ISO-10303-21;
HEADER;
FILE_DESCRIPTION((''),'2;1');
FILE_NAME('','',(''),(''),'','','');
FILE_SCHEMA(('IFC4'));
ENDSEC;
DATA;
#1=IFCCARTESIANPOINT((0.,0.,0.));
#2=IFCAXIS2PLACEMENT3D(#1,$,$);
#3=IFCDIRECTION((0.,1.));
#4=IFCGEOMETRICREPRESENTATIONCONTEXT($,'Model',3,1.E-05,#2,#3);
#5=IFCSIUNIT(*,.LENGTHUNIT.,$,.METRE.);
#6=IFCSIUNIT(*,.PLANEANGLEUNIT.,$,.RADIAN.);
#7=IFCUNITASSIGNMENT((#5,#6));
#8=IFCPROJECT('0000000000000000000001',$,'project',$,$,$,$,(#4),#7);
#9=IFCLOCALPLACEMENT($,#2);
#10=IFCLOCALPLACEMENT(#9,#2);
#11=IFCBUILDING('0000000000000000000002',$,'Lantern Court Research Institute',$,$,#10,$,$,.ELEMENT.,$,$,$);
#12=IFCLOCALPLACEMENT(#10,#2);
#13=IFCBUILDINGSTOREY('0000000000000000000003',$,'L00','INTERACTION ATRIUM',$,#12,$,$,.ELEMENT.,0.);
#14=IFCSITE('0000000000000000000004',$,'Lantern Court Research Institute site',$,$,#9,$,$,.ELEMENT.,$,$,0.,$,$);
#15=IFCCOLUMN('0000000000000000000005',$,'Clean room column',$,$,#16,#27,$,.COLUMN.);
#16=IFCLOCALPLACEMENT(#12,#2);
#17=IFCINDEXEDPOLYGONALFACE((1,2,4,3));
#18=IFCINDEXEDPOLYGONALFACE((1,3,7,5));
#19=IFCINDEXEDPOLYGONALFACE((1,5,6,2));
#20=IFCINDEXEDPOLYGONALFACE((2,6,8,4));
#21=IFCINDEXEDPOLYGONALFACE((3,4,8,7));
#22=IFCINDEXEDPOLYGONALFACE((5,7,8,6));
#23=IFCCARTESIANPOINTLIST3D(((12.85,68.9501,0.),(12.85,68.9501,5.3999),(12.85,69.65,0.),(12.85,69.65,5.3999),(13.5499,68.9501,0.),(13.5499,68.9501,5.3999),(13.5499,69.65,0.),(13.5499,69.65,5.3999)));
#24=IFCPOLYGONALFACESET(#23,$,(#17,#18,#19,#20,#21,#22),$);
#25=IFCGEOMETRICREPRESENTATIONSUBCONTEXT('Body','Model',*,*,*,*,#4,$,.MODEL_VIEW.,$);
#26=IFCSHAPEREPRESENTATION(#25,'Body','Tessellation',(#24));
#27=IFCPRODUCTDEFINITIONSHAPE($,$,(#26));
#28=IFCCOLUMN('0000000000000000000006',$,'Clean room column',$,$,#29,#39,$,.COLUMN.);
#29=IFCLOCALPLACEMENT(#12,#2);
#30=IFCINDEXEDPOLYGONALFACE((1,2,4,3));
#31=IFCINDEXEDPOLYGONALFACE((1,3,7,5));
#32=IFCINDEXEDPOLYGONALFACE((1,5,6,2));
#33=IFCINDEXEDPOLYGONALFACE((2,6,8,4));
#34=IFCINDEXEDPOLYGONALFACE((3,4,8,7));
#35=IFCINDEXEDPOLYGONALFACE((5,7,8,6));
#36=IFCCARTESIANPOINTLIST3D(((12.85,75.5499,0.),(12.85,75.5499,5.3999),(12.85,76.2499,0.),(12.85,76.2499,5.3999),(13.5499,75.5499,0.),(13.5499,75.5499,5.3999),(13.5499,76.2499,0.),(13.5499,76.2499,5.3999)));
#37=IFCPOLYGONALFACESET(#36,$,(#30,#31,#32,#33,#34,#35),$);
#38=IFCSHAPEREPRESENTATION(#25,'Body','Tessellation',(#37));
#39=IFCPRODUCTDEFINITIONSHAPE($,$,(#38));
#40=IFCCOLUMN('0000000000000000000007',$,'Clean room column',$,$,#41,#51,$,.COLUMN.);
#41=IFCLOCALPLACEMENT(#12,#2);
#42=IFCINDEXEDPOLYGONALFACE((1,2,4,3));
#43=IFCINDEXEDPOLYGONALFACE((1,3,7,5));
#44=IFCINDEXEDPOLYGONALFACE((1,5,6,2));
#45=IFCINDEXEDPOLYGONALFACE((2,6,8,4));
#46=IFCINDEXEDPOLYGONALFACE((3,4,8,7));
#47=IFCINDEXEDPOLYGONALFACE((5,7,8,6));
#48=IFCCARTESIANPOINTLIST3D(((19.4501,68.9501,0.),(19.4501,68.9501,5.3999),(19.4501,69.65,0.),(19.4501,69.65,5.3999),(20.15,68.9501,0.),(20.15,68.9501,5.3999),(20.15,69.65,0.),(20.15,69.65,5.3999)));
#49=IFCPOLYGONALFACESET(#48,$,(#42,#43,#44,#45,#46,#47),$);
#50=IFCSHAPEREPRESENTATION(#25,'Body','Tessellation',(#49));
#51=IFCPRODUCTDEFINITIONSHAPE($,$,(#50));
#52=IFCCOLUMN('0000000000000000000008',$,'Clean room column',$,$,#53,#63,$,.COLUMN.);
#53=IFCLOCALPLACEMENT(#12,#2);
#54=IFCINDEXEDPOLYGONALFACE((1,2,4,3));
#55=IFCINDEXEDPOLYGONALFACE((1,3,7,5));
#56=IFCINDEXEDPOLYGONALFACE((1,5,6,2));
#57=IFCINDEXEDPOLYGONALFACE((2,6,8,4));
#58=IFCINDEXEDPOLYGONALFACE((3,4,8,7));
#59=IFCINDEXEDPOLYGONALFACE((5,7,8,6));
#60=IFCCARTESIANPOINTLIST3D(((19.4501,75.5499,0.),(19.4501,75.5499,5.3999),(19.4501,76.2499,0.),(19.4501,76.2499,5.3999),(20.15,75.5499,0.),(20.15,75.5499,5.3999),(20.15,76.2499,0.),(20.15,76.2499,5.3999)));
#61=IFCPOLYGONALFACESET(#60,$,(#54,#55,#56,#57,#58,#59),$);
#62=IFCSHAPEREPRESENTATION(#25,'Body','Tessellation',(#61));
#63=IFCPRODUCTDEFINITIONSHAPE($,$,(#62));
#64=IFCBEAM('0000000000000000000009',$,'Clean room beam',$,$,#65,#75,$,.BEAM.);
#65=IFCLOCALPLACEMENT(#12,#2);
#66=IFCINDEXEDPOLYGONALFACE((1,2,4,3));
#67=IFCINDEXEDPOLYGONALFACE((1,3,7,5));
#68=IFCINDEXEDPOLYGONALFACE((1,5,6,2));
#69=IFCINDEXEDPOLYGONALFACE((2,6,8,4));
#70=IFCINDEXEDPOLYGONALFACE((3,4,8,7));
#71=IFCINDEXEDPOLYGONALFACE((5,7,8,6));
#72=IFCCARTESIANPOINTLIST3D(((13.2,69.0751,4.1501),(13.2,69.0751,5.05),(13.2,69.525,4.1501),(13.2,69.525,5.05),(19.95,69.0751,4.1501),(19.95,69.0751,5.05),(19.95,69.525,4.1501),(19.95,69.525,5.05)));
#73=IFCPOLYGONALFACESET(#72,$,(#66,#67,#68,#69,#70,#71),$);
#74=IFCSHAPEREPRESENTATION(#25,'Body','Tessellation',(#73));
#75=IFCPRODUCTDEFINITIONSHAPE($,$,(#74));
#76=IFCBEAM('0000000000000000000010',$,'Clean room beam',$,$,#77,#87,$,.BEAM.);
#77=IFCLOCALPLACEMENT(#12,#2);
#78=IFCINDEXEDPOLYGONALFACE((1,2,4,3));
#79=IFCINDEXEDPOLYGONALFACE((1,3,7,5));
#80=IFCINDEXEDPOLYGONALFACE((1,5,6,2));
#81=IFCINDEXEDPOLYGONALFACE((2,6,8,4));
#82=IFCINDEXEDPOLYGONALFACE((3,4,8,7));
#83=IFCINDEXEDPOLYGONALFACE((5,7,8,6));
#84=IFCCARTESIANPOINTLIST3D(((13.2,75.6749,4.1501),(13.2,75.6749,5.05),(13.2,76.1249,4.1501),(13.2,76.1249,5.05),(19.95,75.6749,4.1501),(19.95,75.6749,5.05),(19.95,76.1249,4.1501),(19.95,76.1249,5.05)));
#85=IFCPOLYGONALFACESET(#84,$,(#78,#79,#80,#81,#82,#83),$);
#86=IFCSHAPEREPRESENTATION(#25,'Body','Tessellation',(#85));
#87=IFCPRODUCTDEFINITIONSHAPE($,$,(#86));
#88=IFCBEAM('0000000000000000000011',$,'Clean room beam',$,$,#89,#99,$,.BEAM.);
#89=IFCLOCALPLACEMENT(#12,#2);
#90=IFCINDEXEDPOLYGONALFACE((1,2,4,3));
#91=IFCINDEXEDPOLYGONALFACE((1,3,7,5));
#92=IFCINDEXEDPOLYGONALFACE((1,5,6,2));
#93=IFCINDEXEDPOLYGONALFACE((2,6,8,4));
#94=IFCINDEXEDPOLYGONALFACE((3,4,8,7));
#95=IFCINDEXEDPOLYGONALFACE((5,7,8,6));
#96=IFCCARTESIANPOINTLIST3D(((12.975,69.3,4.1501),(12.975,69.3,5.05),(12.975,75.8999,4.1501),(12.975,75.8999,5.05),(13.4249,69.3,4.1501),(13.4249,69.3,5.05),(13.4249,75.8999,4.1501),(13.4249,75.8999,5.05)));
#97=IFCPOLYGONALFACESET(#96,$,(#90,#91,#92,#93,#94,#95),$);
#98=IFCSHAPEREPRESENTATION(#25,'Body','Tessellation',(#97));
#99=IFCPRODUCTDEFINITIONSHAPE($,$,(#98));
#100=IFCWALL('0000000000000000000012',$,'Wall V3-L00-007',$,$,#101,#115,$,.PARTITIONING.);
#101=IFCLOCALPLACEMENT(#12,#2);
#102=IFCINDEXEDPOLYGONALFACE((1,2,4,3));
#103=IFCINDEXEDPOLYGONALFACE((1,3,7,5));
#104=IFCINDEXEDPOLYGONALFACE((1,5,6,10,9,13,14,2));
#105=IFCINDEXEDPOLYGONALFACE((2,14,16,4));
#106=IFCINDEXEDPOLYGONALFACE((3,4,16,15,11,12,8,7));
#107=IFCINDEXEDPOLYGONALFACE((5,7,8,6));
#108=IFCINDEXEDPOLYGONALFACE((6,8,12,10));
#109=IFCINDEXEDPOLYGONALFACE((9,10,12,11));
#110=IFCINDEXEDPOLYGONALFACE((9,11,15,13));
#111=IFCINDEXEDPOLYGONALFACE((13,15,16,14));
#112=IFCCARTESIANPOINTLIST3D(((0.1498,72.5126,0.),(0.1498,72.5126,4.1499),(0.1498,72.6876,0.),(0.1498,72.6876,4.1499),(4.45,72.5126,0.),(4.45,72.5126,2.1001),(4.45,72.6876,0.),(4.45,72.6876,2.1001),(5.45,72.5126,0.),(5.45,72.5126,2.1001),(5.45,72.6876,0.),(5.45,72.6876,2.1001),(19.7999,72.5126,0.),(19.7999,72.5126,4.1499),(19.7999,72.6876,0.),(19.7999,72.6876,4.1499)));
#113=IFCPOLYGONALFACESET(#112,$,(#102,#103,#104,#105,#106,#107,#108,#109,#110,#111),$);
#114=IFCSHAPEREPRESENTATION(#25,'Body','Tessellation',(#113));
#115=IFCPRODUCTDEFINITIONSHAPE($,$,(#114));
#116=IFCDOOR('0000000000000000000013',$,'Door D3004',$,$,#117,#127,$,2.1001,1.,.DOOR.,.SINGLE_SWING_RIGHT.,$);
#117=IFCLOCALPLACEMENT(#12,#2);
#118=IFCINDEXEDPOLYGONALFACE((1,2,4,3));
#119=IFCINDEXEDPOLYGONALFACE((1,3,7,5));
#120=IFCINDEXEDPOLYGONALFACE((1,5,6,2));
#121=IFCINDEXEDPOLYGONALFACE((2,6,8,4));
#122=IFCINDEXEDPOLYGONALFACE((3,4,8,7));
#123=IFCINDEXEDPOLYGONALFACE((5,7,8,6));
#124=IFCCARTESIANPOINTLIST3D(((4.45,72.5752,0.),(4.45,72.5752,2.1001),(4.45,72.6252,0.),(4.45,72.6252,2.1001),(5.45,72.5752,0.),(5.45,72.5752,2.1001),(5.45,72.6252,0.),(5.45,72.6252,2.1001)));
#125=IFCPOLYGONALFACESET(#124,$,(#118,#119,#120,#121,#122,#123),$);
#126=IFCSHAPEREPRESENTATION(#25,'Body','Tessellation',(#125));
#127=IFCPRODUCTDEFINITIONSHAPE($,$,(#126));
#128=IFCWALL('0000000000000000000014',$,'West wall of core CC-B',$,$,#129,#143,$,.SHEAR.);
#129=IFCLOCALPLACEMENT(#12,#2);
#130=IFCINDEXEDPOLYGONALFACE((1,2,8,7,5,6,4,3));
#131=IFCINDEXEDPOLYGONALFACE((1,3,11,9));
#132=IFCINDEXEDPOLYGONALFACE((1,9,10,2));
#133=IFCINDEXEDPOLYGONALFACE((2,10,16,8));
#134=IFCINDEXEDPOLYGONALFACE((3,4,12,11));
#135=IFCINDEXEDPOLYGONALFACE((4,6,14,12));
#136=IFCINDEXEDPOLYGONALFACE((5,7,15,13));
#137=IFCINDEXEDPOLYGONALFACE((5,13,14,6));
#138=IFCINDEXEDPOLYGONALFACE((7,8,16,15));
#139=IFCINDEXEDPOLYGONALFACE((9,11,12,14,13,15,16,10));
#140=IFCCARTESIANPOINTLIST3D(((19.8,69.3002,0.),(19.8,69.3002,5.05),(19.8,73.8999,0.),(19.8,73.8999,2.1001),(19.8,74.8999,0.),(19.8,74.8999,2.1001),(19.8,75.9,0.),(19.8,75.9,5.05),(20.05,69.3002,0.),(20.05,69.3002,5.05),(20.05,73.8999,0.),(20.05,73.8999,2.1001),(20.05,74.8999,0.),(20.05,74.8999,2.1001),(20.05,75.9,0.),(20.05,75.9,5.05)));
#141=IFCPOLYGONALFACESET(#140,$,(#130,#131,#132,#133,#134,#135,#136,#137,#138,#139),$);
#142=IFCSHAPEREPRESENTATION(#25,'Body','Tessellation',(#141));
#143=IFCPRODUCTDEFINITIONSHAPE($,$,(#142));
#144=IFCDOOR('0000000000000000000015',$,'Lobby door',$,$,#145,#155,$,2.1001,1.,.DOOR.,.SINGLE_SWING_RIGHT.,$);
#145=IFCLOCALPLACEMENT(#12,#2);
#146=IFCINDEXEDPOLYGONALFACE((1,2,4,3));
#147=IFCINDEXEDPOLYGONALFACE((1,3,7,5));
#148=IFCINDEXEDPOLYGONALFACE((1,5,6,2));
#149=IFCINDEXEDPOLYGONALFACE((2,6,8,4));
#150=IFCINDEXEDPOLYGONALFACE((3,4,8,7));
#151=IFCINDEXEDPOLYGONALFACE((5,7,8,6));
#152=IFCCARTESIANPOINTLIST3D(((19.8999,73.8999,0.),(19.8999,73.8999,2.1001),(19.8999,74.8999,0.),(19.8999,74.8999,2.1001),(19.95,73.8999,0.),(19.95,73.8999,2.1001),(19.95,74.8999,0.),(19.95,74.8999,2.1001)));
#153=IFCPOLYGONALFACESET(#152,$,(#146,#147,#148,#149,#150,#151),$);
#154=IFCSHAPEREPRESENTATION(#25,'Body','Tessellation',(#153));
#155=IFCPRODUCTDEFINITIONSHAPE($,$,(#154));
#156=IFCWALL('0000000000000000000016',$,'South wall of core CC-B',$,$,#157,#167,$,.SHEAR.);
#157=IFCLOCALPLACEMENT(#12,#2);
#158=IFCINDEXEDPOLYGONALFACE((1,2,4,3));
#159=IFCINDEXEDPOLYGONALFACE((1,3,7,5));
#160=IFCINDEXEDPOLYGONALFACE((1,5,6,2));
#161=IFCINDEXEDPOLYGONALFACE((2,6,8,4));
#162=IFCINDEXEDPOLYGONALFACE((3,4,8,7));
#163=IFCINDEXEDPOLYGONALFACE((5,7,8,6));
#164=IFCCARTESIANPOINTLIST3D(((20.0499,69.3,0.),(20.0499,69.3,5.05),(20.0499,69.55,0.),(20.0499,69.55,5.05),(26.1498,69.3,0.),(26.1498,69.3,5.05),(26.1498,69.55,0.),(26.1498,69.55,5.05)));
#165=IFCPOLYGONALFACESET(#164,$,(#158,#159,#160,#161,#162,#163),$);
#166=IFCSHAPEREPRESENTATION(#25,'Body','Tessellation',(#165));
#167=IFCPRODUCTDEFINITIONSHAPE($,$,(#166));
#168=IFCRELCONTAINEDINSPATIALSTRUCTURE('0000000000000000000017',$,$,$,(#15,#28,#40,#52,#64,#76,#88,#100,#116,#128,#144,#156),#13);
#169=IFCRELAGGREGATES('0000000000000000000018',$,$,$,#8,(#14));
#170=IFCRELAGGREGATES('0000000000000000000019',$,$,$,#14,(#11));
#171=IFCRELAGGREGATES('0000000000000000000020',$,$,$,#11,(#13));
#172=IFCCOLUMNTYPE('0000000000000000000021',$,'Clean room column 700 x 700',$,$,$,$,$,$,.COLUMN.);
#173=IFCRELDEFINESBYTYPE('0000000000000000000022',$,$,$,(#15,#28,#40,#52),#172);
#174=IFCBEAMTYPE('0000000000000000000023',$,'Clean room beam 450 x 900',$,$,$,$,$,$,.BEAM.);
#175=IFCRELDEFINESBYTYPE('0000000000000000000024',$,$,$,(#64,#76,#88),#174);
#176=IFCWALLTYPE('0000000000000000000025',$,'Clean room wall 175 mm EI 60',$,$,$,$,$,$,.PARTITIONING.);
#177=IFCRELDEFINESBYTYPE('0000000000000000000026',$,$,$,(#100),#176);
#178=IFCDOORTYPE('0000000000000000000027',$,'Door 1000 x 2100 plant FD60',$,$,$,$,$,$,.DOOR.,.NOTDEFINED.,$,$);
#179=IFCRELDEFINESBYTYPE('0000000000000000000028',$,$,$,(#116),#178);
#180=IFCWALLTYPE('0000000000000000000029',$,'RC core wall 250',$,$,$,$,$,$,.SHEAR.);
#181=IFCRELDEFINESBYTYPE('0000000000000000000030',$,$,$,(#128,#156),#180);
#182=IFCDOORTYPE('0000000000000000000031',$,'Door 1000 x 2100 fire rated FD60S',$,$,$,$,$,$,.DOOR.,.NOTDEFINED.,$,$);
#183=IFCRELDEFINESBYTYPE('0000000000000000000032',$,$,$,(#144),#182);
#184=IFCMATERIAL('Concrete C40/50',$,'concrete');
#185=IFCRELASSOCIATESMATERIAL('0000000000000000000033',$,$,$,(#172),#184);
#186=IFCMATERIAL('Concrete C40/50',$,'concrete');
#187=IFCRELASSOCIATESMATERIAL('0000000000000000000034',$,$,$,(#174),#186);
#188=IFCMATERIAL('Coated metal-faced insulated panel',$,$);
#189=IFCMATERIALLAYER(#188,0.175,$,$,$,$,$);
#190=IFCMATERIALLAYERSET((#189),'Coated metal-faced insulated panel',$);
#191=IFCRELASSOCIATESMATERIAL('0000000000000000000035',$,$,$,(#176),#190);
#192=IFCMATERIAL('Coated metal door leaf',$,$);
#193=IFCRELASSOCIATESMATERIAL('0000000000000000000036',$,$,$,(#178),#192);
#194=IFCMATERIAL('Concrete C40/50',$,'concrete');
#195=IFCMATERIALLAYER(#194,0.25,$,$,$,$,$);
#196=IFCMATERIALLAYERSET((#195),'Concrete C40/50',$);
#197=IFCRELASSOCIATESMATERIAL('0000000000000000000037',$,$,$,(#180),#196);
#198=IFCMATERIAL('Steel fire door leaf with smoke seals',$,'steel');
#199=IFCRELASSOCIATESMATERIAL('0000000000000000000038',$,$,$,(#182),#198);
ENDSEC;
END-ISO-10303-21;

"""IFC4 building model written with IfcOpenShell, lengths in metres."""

from ifc_helpers import new_model, si_unit, direction, frame, frame_2d, origin, origin_2d, place, context, subcontext, project, spatial, rectangle, extrude, material, layer, layer_set, material_profile, profile_set, type_object, element, fill, save


model = new_model("IFC4")

# Units and contexts
model_context = context("Model", 3, precision=1e-05, world=origin(), true_north=direction((0.0, 1.0)))
body_context = subcontext(model_context, "Body", "Model", "MODEL_VIEW")
ifc_project = project(units=[si_unit("LENGTHUNIT", "METRE"), si_unit("PLANEANGLEUNIT", "RADIAN")], contexts=[model_context])

# Site, building, storey
site_placement = place(None, origin())
site = spatial("IfcSite", under=ifc_project, at=site_placement, Name="Lantern Court Research Institute site", CompositionType="ELEMENT", RefElevation=0.0)
building_placement = place(site_placement, origin())
building = spatial("IfcBuilding", under=site, at=building_placement, Name="Lantern Court Research Institute", CompositionType="ELEMENT")
storey_placement = place(building_placement, origin())
storey = spatial("IfcBuildingStorey", under=building, at=storey_placement, Name="L00", Description="INTERACTION ATRIUM", CompositionType="ELEMENT", Elevation=0.0)

# Columns
ifc_material_1 = material(Name="Concrete C40/50", Category="concrete")
ifc_material_profile_1 = material_profile(ifc_material_1, rectangle(XDim=0.7, YDim=0.7, at=origin_2d()), Name="Clean room column 700 x 700")
ifc_profile_set_1 = profile_set([ifc_material_profile_1], Name="Concrete C40/50")
column_type = type_object("IfcColumnType", Name="Clean room column 700 x 700", PredefinedType="COLUMN", material=ifc_profile_set_1)
for number, where, z_axis, x_axis, name in (
    (1, (13.2, 69.3, 0.0), (0.0, 0.0, 1.0), (1.0, 0.0, 0.0), "Clean room column"),
    (2, (13.2, 75.8999, 0.0), (0.0, 0.0, 1.0), (1.0, 0.0, 0.0), "Clean room column"),
    (3, (19.8, 69.3, 0.0), (0.0, 0.0, 1.0), (1.0, 0.0, 0.0), "Clean room column"),
    (4, (19.8, 75.8999, 0.0), (0.0, 0.0, 1.0), (1.0, 0.0, 0.0), "Clean room column"),
):
    element("IfcColumn", number, at=place(storey_placement, frame(where, z_axis=z_axis, x_axis=x_axis)), inside=storey, type_object=column_type, Name=name, PredefinedType="COLUMN", context=body_context, shape_type="SweptSolid", body=[
        extrude(rectangle(XDim=0.7, YDim=0.7, at=origin_2d()), origin(), (0.0, 0.0, 1.0), 5.3999),
    ])

# Beams
ifc_material_2 = material(Name="Concrete C40/50", Category="concrete")
ifc_material_profile_2 = material_profile(ifc_material_2, rectangle(XDim=0.45, YDim=0.8999, at=origin_2d()), Name="Clean room beam 450 x 900")
ifc_profile_set_2 = profile_set([ifc_material_profile_2], Name="Concrete C40/50")
beam_type = type_object("IfcBeamType", Name="Clean room beam 450 x 900", PredefinedType="BEAM", material=ifc_profile_set_2)
for number, where, z_axis, x_axis, name in (
    (5, (13.2, 69.3, 4.6001), (1.0, 0.0, 0.0), (0.0, 1.0, 0.0), "Clean room beam"),
    (6, (13.2, 75.8999, 4.6001), (1.0, 0.0, 0.0), (0.0, 1.0, 0.0), "Clean room beam"),
):
    element("IfcBeam", number, at=place(storey_placement, frame(where, z_axis=z_axis, x_axis=x_axis)), inside=storey, type_object=beam_type, Name=name, PredefinedType="BEAM", context=body_context, shape_type="SweptSolid", body=[
        extrude(rectangle(XDim=0.45, YDim=0.8999, at=origin_2d()), origin(), (0.0, 0.0, 1.0), 6.75),
    ])
beam_placement = place(storey_placement, frame((13.2, 69.3, 4.6001), z_axis=(0.0, 1.0, 0.0), x_axis=(-1.0, 0.0, 0.0)))
element("IfcBeam", 7, at=beam_placement, inside=storey, type_object=beam_type, Name="Clean room beam", PredefinedType="BEAM", context=body_context, shape_type="SweptSolid", body=[
    extrude(rectangle(XDim=0.45, YDim=0.8999, at=origin_2d()), origin(), (0.0, 0.0, 1.0), 6.5999),
])

# Walls, openings, doors
ifc_material_3 = material(Name="Coated metal-faced insulated panel")
ifc_layer_1 = layer(ifc_material_3, 0.175)
ifc_layer_set_1 = layer_set([ifc_layer_1], Name="Coated metal-faced insulated panel")
wall_type_1 = type_object("IfcWallType", Name="Clean room wall 175 mm EI 60", PredefinedType="PARTITIONING", material=ifc_layer_set_1)
wall_1_placement = place(storey_placement, frame((19.8, 72.6001, 0.0), z_axis=(0.0, 0.0, 1.0), x_axis=(-1.0, 0.0, 0.0)))
wall_1 = element("IfcWall", 8, at=wall_1_placement, inside=storey, type_object=wall_type_1, Name="Wall V3-L00-007", PredefinedType="PARTITIONING", context=body_context, shape_type="SweptSolid", body=[
    extrude(rectangle(XDim=19.6501, YDim=0.175, at=frame_2d((9.8252, 0.0))), origin(), (0.0, 0.0, 1.0), 4.1499),
])
opening_1_placement = place(wall_1_placement, frame((14.3501, 0.0, 0.0)))
opening_1 = element("IfcOpeningElement", 9, at=opening_1_placement, cuts=wall_1, PredefinedType="OPENING", context=body_context, shape_type="SweptSolid", body=[
    extrude(rectangle(XDim=1.0, YDim=2.1001, at=frame_2d((0.5, 1.05))), frame((0.0, 0.0974, 0.0), z_axis=(0.0, -1.0, 0.0), x_axis=(1.0, 0.0, 0.0)), (0.0, 0.0, 1.0), 0.1951),
])
ifc_material_4 = material(Name="Coated metal door leaf")
door_type_1 = type_object("IfcDoorType", Name="Door 1000 x 2100 plant FD60", OperationType="NOTDEFINED", PredefinedType="DOOR", material=ifc_material_4)
door_1_placement = place(opening_1_placement, origin())
door_1 = element("IfcDoor", 10, at=door_1_placement, inside=storey, type_object=door_type_1, Name="Door D3004", OperationType="SINGLE_SWING_RIGHT", OverallHeight=2.1001, OverallWidth=1.0, PredefinedType="DOOR", context=body_context, shape_type="SweptSolid", body=[
    extrude(rectangle(XDim=1.0, YDim=2.1001, at=frame_2d((0.5, 1.05))), frame((0.0, 0.0249, 0.0), z_axis=(0.0, -1.0, 0.0), x_axis=(1.0, 0.0, 0.0)), (0.0, 0.0, 1.0), 0.05),
])
fill(opening_1, door_1)
ifc_material_5 = material(Name="Concrete C40/50", Category="concrete")
ifc_layer_2 = layer(ifc_material_5, 0.25)
ifc_layer_set_2 = layer_set([ifc_layer_2], Name="Concrete C40/50")
wall_type_2 = type_object("IfcWallType", Name="RC core wall 250", PredefinedType="SHEAR", material=ifc_layer_set_2)
wall_2_placement = place(storey_placement, frame((19.925, 75.8999, 0.0), z_axis=(0.0, 0.0, 1.0), x_axis=(0.0, -1.0, 0.0)))
wall_2 = element("IfcWall", 11, at=wall_2_placement, inside=storey, type_object=wall_type_2, Name="West wall of core CC-B", PredefinedType="SHEAR", context=body_context, shape_type="SweptSolid", body=[
    extrude(rectangle(XDim=6.5999, YDim=0.25, at=frame_2d((3.2998, 0.0))), origin(), (0.0, 0.0, 1.0), 5.05),
])
opening_2_placement = place(wall_2_placement, frame((1.0, 0.0, 0.0)))
opening_2 = element("IfcOpeningElement", 12, at=opening_2_placement, cuts=wall_2, PredefinedType="OPENING", context=body_context, shape_type="SweptSolid", body=[
    extrude(rectangle(XDim=1.0, YDim=2.1001, at=frame_2d((0.5, 1.05))), frame((0.0, 0.135, 0.0), z_axis=(0.0, -1.0, 0.0), x_axis=(1.0, 0.0, 0.0)), (0.0, 0.0, 1.0), 0.27),
])
ifc_material_6 = material(Name="Steel fire door leaf with smoke seals", Category="steel")
door_type_2 = type_object("IfcDoorType", Name="Door 1000 x 2100 fire rated FD60S", OperationType="NOTDEFINED", PredefinedType="DOOR", material=ifc_material_6)
door_2_placement = place(opening_2_placement, origin())
door_2 = element("IfcDoor", 13, at=door_2_placement, inside=storey, type_object=door_type_2, Name="Lobby door", OperationType="SINGLE_SWING_RIGHT", OverallHeight=2.1001, OverallWidth=1.0, PredefinedType="DOOR", context=body_context, shape_type="SweptSolid", body=[
    extrude(rectangle(XDim=1.0, YDim=2.1001, at=frame_2d((0.5, 1.05))), frame((0.0, 0.0249, 0.0), z_axis=(0.0, -1.0, 0.0), x_axis=(1.0, 0.0, 0.0)), (0.0, 0.0, 1.0), 0.05),
])
fill(opening_2, door_2)

# Wall
wall_3_placement = place(storey_placement, frame((20.05, 69.425, 0.0), z_axis=(0.0, 0.0, 1.0), x_axis=(1.0, 0.0, 0.0)))
element("IfcWall", 14, at=wall_3_placement, inside=storey, type_object=wall_type_2, Name="South wall of core CC-B", PredefinedType="SHEAR", context=body_context, shape_type="SweptSolid", body=[
    extrude(rectangle(XDim=6.0999, YDim=0.25, at=frame_2d((3.0498, 0.0))), origin(), (0.0, 0.0, 1.0), 5.05),
])

save(model, "model.ifc")
